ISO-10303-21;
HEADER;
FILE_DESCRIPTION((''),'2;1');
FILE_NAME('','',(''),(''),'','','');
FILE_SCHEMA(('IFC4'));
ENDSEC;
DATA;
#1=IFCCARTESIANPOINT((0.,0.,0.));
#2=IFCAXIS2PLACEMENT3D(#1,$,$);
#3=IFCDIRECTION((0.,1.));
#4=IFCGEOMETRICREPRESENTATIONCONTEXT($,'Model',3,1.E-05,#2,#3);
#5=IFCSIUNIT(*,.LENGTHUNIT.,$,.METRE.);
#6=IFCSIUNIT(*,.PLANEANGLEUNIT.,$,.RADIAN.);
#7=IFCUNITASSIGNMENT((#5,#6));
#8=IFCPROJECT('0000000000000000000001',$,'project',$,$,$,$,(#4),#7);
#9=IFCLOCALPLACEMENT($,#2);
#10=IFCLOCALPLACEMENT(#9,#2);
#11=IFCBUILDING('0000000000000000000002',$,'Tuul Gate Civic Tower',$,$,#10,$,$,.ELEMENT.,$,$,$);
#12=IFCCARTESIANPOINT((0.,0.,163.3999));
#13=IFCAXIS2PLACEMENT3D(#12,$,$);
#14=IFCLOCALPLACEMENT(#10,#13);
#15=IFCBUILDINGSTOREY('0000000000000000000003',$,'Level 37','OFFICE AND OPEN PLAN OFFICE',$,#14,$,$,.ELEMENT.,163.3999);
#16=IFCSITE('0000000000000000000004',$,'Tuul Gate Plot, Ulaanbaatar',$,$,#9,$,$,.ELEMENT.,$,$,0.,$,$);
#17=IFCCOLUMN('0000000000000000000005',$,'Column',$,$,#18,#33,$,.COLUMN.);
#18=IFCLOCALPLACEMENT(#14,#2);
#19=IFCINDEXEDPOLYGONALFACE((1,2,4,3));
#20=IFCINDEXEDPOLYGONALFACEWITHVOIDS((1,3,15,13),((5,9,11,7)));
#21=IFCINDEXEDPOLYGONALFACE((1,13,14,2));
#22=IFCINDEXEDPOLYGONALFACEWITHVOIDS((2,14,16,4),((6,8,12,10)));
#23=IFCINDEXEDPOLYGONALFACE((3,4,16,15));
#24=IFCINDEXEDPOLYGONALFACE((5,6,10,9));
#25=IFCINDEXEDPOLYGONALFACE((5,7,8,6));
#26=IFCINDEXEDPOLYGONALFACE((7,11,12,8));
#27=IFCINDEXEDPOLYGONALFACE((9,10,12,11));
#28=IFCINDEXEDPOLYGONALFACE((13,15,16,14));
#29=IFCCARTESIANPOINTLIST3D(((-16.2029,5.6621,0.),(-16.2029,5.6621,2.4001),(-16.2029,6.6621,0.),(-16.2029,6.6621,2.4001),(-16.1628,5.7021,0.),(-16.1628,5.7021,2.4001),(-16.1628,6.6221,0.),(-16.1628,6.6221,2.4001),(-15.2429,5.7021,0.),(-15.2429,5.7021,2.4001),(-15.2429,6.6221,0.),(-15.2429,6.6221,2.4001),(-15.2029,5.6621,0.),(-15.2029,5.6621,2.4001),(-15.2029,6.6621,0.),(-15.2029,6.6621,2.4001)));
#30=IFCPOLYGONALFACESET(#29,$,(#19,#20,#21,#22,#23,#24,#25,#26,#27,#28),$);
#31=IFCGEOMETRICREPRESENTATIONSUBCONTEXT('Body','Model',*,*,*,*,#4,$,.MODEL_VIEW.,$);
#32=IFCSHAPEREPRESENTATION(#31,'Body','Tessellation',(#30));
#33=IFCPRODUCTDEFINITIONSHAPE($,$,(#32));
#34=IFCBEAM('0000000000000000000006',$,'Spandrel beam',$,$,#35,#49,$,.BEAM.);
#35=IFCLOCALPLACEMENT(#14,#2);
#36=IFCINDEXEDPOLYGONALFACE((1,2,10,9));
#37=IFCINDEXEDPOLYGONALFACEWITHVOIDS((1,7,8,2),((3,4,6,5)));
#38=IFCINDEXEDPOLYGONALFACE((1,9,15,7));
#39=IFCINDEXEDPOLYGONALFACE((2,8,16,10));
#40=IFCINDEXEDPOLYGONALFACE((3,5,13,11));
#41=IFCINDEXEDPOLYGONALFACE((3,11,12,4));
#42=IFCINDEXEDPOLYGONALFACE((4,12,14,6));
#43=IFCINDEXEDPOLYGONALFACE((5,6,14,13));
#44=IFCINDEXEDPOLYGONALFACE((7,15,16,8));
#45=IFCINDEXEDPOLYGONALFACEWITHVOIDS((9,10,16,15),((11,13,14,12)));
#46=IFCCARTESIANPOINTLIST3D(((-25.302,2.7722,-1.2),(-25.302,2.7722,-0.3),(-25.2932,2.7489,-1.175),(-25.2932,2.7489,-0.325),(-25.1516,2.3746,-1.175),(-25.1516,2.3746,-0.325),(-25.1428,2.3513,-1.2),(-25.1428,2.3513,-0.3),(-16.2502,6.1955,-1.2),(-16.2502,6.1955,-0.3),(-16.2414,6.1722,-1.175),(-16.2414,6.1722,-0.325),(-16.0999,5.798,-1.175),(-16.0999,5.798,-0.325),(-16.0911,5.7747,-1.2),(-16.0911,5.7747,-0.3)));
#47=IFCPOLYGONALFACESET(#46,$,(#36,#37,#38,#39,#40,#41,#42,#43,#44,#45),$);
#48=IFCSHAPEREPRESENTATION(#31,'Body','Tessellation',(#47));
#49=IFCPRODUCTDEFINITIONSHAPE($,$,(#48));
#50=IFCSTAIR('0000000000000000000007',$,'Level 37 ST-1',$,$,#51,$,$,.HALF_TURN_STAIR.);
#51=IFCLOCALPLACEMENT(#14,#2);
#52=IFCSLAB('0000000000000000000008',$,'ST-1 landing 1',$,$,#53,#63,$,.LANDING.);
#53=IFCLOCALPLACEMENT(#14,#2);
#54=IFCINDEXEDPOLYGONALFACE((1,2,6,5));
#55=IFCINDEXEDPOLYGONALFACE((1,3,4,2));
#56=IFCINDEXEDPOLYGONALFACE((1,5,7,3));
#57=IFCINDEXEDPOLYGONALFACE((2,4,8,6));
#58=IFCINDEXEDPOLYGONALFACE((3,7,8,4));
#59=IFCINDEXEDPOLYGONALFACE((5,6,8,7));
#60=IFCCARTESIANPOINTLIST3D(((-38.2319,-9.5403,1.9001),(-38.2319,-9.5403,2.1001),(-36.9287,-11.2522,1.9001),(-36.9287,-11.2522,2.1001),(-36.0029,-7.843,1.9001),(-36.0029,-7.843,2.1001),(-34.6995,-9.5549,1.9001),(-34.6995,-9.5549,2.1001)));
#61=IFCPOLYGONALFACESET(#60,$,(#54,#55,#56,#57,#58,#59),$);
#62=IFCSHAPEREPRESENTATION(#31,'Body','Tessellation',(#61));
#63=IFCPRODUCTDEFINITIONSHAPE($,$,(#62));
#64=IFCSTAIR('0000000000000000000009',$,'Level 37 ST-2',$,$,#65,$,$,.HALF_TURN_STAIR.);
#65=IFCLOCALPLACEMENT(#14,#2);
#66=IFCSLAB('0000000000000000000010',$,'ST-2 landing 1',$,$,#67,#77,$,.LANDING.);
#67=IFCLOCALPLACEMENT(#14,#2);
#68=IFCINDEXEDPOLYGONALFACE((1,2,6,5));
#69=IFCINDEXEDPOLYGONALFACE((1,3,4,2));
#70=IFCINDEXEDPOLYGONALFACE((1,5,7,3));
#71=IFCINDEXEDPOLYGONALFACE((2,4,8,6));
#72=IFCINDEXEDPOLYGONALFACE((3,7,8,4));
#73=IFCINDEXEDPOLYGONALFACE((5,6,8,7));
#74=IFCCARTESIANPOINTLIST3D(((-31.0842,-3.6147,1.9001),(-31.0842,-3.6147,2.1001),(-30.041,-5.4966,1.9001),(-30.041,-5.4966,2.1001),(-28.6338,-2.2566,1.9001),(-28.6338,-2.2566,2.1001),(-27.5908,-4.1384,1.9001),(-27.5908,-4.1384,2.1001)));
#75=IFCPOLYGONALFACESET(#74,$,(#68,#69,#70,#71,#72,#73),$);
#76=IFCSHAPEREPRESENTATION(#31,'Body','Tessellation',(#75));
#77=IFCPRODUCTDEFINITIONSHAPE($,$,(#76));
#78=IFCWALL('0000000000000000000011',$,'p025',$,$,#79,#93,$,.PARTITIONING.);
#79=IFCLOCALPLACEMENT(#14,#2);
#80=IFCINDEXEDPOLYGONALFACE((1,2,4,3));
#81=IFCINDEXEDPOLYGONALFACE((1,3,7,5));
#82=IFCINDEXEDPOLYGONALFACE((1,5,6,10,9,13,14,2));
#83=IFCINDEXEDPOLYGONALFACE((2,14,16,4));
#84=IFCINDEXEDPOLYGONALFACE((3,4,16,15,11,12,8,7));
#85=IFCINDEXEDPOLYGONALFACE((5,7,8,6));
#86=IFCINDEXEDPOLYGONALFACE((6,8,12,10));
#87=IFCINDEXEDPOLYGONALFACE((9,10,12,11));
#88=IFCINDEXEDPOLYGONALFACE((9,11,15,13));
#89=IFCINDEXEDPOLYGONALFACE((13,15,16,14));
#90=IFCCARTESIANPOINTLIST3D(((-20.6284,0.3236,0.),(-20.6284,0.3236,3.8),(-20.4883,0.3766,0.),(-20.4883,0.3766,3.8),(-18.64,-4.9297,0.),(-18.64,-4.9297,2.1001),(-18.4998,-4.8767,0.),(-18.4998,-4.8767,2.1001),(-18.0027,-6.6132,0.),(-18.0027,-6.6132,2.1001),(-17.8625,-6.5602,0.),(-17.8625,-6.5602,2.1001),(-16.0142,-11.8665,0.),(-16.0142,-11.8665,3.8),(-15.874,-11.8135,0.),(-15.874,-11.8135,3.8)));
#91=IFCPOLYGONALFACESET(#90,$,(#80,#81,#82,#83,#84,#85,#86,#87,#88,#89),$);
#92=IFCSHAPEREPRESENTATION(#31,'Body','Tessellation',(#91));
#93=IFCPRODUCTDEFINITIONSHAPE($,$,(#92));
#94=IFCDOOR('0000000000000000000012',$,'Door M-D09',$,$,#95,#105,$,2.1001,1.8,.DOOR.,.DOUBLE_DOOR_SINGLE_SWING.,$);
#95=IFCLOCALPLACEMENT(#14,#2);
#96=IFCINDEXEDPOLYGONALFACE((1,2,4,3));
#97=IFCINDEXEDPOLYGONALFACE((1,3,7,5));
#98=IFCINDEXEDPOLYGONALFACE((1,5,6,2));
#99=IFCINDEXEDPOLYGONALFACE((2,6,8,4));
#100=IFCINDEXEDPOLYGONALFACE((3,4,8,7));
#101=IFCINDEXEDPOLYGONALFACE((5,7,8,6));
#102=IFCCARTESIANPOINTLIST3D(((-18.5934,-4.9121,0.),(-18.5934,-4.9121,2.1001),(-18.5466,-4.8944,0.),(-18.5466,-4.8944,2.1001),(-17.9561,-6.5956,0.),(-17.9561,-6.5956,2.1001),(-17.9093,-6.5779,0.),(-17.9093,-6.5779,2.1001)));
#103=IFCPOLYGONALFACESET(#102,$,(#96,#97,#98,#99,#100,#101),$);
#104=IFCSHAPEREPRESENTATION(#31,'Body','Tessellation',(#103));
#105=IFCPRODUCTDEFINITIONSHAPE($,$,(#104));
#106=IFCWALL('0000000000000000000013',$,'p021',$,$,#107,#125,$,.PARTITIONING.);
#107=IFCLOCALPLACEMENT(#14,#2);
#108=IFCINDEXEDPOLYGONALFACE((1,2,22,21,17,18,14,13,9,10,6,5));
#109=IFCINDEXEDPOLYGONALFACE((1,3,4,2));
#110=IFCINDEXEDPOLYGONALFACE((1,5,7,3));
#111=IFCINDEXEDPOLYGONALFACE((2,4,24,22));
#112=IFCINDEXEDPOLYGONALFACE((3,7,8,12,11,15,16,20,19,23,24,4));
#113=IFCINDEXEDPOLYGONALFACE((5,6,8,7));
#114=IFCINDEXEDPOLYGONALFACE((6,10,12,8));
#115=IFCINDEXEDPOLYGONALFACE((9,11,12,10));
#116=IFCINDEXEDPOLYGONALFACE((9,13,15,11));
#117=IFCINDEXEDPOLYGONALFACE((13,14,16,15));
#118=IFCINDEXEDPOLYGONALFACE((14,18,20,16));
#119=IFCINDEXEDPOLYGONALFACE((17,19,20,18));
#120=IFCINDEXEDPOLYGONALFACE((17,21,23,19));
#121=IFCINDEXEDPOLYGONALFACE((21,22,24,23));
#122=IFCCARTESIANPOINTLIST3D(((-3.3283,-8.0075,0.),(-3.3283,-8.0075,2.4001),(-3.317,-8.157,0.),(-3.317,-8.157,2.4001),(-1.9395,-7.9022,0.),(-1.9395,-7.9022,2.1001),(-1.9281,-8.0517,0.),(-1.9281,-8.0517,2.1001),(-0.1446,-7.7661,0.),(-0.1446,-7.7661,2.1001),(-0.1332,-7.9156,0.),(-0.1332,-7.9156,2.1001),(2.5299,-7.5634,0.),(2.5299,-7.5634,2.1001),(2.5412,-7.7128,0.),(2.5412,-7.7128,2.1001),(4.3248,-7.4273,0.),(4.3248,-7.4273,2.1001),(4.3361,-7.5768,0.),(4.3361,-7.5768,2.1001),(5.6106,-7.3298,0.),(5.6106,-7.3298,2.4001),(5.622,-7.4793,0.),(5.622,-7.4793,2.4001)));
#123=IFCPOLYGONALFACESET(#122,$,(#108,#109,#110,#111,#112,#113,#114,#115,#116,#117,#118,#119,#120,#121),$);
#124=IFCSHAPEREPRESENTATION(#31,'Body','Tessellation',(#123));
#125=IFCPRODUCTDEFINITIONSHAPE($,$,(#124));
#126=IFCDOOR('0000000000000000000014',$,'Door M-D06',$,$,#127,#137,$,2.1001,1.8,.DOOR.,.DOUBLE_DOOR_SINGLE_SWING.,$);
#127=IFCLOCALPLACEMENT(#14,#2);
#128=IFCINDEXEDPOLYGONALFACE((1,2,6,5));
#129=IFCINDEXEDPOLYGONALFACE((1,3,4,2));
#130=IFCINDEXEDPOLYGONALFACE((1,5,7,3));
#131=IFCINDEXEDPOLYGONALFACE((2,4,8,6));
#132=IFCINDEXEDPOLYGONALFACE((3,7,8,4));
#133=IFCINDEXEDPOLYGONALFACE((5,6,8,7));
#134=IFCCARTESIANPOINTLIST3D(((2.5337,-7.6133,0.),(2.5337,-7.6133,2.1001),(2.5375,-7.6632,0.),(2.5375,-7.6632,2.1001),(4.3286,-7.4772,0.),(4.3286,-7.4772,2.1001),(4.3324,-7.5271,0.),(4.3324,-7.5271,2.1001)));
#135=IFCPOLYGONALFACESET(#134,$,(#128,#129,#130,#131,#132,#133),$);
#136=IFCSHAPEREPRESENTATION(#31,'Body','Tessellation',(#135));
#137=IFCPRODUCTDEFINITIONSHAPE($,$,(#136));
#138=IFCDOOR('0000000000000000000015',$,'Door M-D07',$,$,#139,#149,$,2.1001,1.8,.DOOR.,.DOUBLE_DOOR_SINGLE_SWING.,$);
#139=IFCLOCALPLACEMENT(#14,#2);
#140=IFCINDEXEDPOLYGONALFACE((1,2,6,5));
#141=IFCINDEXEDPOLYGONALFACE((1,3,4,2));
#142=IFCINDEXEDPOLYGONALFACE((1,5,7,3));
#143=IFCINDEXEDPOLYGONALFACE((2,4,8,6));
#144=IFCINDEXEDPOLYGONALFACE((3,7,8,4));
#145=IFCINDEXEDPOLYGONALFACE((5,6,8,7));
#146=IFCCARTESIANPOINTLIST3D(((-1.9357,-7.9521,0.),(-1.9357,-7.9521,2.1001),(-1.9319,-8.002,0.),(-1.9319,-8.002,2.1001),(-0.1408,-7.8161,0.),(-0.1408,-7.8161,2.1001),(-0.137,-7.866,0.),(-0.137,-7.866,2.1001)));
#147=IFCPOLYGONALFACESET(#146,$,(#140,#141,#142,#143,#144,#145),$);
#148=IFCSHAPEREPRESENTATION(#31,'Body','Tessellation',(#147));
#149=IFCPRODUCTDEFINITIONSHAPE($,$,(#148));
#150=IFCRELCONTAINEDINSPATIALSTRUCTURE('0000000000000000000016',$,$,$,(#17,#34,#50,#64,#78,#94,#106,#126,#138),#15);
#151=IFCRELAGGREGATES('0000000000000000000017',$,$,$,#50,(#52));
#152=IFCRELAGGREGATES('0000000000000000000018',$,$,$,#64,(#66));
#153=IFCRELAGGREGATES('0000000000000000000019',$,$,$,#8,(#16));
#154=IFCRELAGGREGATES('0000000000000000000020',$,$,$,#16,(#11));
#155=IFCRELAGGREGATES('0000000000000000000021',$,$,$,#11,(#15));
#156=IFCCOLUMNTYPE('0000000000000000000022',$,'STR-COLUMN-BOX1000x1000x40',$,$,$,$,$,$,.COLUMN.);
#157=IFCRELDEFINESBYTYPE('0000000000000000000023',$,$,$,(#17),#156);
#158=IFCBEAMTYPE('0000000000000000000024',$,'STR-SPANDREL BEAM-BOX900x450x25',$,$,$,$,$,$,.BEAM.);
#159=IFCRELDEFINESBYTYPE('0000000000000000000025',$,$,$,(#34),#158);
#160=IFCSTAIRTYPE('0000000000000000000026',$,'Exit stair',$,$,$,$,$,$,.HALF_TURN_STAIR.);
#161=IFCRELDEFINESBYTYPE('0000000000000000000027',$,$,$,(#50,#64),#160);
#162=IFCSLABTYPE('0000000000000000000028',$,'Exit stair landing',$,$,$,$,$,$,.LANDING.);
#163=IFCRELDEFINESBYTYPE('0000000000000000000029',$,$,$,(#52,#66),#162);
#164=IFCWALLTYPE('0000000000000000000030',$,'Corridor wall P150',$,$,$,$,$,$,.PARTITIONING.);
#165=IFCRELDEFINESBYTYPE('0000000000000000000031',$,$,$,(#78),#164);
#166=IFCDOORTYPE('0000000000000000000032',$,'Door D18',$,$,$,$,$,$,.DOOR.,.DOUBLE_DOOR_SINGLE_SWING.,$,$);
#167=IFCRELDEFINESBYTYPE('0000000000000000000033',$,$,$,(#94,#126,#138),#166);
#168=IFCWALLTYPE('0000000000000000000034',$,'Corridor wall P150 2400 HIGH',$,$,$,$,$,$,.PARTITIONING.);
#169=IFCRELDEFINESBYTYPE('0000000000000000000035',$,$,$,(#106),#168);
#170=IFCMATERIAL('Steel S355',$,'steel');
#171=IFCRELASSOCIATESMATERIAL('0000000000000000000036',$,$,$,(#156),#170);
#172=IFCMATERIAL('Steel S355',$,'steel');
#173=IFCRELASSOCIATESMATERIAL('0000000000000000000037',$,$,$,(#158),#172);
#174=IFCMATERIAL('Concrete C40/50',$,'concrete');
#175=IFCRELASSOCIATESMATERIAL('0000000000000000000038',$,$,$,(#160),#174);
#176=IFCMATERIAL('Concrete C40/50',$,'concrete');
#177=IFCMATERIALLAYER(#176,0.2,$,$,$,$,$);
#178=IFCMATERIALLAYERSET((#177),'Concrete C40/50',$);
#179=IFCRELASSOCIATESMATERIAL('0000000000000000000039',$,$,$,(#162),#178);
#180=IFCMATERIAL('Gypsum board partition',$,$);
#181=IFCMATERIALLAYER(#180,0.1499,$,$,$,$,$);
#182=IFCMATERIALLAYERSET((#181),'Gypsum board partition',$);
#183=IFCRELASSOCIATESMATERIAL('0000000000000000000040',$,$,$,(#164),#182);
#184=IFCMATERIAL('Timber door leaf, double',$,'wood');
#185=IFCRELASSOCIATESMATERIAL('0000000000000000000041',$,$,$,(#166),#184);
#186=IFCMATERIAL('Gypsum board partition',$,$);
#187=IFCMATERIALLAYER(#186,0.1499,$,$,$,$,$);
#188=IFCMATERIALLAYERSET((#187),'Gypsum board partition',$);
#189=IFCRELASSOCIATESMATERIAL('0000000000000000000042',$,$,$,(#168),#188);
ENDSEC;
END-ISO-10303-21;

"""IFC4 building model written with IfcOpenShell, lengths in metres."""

from ifc_helpers import new_model, si_unit, direction, frame, frame_2d, origin, origin_2d, place, context, subcontext, project, spatial, polyline, rectangle, hollow_rectangle, outline, extrude, material, layer, layer_set, material_profile, profile_set, type_object, element, fill, aggregate, save


model = new_model("IFC4")

# Units and contexts
model_context = context("Model", 3, precision=1e-05, world=origin(), true_north=direction((0.0, 1.0)))
body_context = subcontext(model_context, "Body", "Model", "MODEL_VIEW")
ifc_project = project(units=[si_unit("LENGTHUNIT", "METRE"), si_unit("PLANEANGLEUNIT", "RADIAN")], contexts=[model_context])

# Site, building, storey
site_placement = place(None, origin())
site = spatial("IfcSite", under=ifc_project, at=site_placement, Name="Tuul Gate Plot, Ulaanbaatar", CompositionType="ELEMENT", RefElevation=0.0)
building_placement = place(site_placement, origin())
building = spatial("IfcBuilding", under=site, at=building_placement, Name="Tuul Gate Civic Tower", CompositionType="ELEMENT")
storey_placement = place(building_placement, frame((0.0, 0.0, 163.3999)))
storey = spatial("IfcBuildingStorey", under=building, at=storey_placement, Name="Level 37", Description="OFFICE AND OPEN PLAN OFFICE", CompositionType="ELEMENT", Elevation=163.3999)

# Column
ifc_material_1 = material(Name="Steel S355", Category="steel")
ifc_material_profile_1 = material_profile(ifc_material_1, hollow_rectangle(XDim=1.0, YDim=1.0, WallThickness=0.04, at=origin_2d()), Name="BOX1000x1000x40")
ifc_profile_set_1 = profile_set([ifc_material_profile_1], Name="Steel S355")
column_type = type_object("IfcColumnType", Name="STR-COLUMN-BOX1000x1000x40", PredefinedType="COLUMN", material=ifc_profile_set_1)
column_placement = place(storey_placement, frame((-15.7029, 6.1621, 0.0), z_axis=(0.0, 0.0, 1.0), x_axis=(1.0, 0.0, 0.0)))
element("IfcColumn", 1, at=column_placement, inside=storey, type_object=column_type, Name="Column", PredefinedType="COLUMN", context=body_context, shape_type="SweptSolid", body=[
    extrude(hollow_rectangle(XDim=1.0, YDim=1.0, WallThickness=0.04, at=origin_2d()), origin(), (0.0, 0.0, 1.0), 2.4001),
])

# Beam
ifc_material_2 = material(Name="Steel S355", Category="steel")
ifc_material_profile_2 = material_profile(ifc_material_2, hollow_rectangle(XDim=0.45, YDim=0.8999, WallThickness=0.0249, at=origin_2d()), Name="BOX900x450x25")
ifc_profile_set_2 = profile_set([ifc_material_profile_2], Name="Steel S355")
beam_type = type_object("IfcBeamType", Name="STR-SPANDREL BEAM-BOX900x450x25", PredefinedType="BEAM", material=ifc_profile_set_2)
beam_placement = place(storey_placement, frame((-16.1707, 5.9851, -0.75), z_axis=(-0.935343, -0.353743, 0.0), x_axis=(0.353743, -0.935343, 0.0)))
element("IfcBeam", 2, at=beam_placement, inside=storey, type_object=beam_type, Name="Spandrel beam", PredefinedType="BEAM", context=body_context, shape_type="SweptSolid", body=[
    extrude(hollow_rectangle(XDim=0.45, YDim=0.8999, WallThickness=0.0249, at=origin_2d()), origin(), (0.0, 0.0, 1.0), 9.6775),
])

# Stairs, slabs
ifc_material_3 = material(Name="Concrete C40/50", Category="concrete")
stair_type = type_object("IfcStairType", Name="Exit stair", PredefinedType="HALF_TURN_STAIR", material=ifc_material_3)
stair_1_placement = place(storey_placement, origin())
stair_1 = element("IfcStair", 3, at=stair_1_placement, inside=storey, type_object=stair_type, Name="Level 37 ST-1", PredefinedType="HALF_TURN_STAIR")
ifc_material_4 = material(Name="Concrete C40/50", Category="concrete")
ifc_layer_1 = layer(ifc_material_4, 0.2)
ifc_layer_set_1 = layer_set([ifc_layer_1], Name="Concrete C40/50")
slab_type = type_object("IfcSlabType", Name="Exit stair landing", PredefinedType="LANDING", material=ifc_layer_set_1)
slab_1_placement = place(storey_placement, frame((0.0, 0.0, 1.9001)))
slab_1 = element("IfcSlab", 4, at=slab_1_placement, type_object=slab_type, Name="ST-1 landing 1", PredefinedType="LANDING", context=body_context, shape_type="SweptSolid", body=[
    extrude(outline(polyline([(-34.6995, -9.5549), (-36.9287, -11.2522), (-38.2319, -9.5403), (-36.0029, -7.843), (-34.6995, -9.5549)])), origin(), (0.0, 0.0, 1.0), 0.2),
])
aggregate(stair_1, [slab_1])
stair_2_placement = place(storey_placement, origin())
stair_2 = element("IfcStair", 5, at=stair_2_placement, inside=storey, type_object=stair_type, Name="Level 37 ST-2", PredefinedType="HALF_TURN_STAIR")
slab_2_placement = place(storey_placement, frame((0.0, 0.0, 1.9001)))
slab_2 = element("IfcSlab", 6, at=slab_2_placement, type_object=slab_type, Name="ST-2 landing 1", PredefinedType="LANDING", context=body_context, shape_type="SweptSolid", body=[
    extrude(outline(polyline([(-27.5908, -4.1384), (-30.041, -5.4966), (-31.0842, -3.6147), (-28.6338, -2.2566), (-27.5908, -4.1384)])), origin(), (0.0, 0.0, 1.0), 0.2),
])
aggregate(stair_2, [slab_2])

# Wall, opening, door
ifc_material_5 = material(Name="Gypsum board partition")
ifc_layer_2 = layer(ifc_material_5, 0.1499)
ifc_layer_set_2 = layer_set([ifc_layer_2], Name="Gypsum board partition")
wall_type_1 = type_object("IfcWallType", Name="Corridor wall P150", PredefinedType="PARTITIONING", material=ifc_layer_set_2)
wall_1_placement = place(storey_placement, frame((-20.5583, 0.3501, 0.0), z_axis=(0.0, 0.0, 1.0), x_axis=(0.35401, -0.935242, 0.0)))
wall_1 = element("IfcWall", 7, at=wall_1_placement, inside=storey, type_object=wall_type_1, Name="p025", PredefinedType="PARTITIONING", context=body_context, shape_type="SweptSolid", body=[
    extrude(rectangle(XDim=13.0342, YDim=0.1499, at=frame_2d((6.5171, 0.0))), origin(), (0.0, 0.0, 1.0), 3.8),
])
opening_1_placement = place(wall_1_placement, frame((5.6172, 0.0, 0.0)))
opening_1 = element("IfcOpeningElement", 8, at=opening_1_placement, cuts=wall_1, PredefinedType="OPENING", context=body_context, shape_type="SweptSolid", body=[
    extrude(rectangle(XDim=1.8, YDim=2.1001, at=frame_2d((0.8999, 1.05))), frame((0.0, 0.085, 0.0), z_axis=(0.0, -1.0, 0.0), x_axis=(1.0, 0.0, 0.0)), (0.0, 0.0, 1.0), 0.1699),
])
ifc_material_6 = material(Name="Timber door leaf, double", Category="wood")
door_type_1 = type_object("IfcDoorType", Name="Door D18", OperationType="DOUBLE_DOOR_SINGLE_SWING", PredefinedType="DOOR", material=ifc_material_6)
door_1_placement = place(opening_1_placement, origin())
door_1 = element("IfcDoor", 9, at=door_1_placement, inside=storey, type_object=door_type_1, Name="Door M-D09", OperationType="DOUBLE_DOOR_SINGLE_SWING", OverallHeight=2.1001, OverallWidth=1.8, PredefinedType="DOOR", context=body_context, shape_type="SweptSolid", body=[
    extrude(rectangle(XDim=1.8, YDim=2.1001, at=frame_2d((0.8999, 1.05))), frame((0.0, 0.0249, 0.0), z_axis=(0.0, -1.0, 0.0), x_axis=(1.0, 0.0, 0.0)), (0.0, 0.0, 1.0), 0.05),
])
fill(opening_1, door_1)

# Wall, openings, doors
ifc_material_7 = material(Name="Gypsum board partition")
ifc_layer_3 = layer(ifc_material_7, 0.1499)
ifc_layer_set_3 = layer_set([ifc_layer_3], Name="Gypsum board partition")
wall_type_2 = type_object("IfcWallType", Name="Corridor wall P150 2400 HIGH", PredefinedType="PARTITIONING", material=ifc_layer_set_3)
wall_2_placement = place(storey_placement, frame((-3.3228, -8.0823, 0.0), z_axis=(0.0, 0.0, 1.0), x_axis=(0.997138, 0.075601, 0.0)))
wall_2 = element("IfcWall", 10, at=wall_2_placement, inside=storey, type_object=wall_type_2, Name="p021", PredefinedType="PARTITIONING", context=body_context, shape_type="SweptSolid", body=[
    extrude(rectangle(XDim=8.9646, YDim=0.1499, at=frame_2d((4.4824, 0.0))), origin(), (0.0, 0.0, 1.0), 2.4001),
])
opening_2_placement = place(wall_2_placement, frame((5.8752, 0.0, 0.0)))
opening_2 = element("IfcOpeningElement", 11, at=opening_2_placement, cuts=wall_2, PredefinedType="OPENING", context=body_context, shape_type="SweptSolid", body=[
    extrude(rectangle(XDim=1.8, YDim=2.1001, at=frame_2d((0.8999, 1.05))), frame((0.0, 0.085, 0.0), z_axis=(0.0, -1.0, 0.0), x_axis=(1.0, 0.0, 0.0)), (0.0, 0.0, 1.0), 0.1699),
])
opening_3_placement = place(wall_2_placement, frame((1.3931, 0.0, 0.0)))
opening_3 = element("IfcOpeningElement", 12, at=opening_3_placement, cuts=wall_2, PredefinedType="OPENING", context=body_context, shape_type="SweptSolid", body=[
    extrude(rectangle(XDim=1.8, YDim=2.1001, at=frame_2d((0.8999, 1.05))), frame((0.0, 0.085, 0.0), z_axis=(0.0, -1.0, 0.0), x_axis=(1.0, 0.0, 0.0)), (0.0, 0.0, 1.0), 0.1699),
])
door_2_placement = place(opening_2_placement, origin())
door_2 = element("IfcDoor", 13, at=door_2_placement, inside=storey, type_object=door_type_1, Name="Door M-D06", OperationType="DOUBLE_DOOR_SINGLE_SWING", OverallHeight=2.1001, OverallWidth=1.8, PredefinedType="DOOR", context=body_context, shape_type="SweptSolid", body=[
    extrude(rectangle(XDim=1.8, YDim=2.1001, at=frame_2d((0.8999, 1.05))), frame((0.0, 0.0249, 0.0), z_axis=(0.0, -1.0, 0.0), x_axis=(1.0, 0.0, 0.0)), (0.0, 0.0, 1.0), 0.05),
])
fill(opening_2, door_2)
door_3_placement = place(opening_3_placement, origin())
door_3 = element("IfcDoor", 14, at=door_3_placement, inside=storey, type_object=door_type_1, Name="Door M-D07", OperationType="DOUBLE_DOOR_SINGLE_SWING", OverallHeight=2.1001, OverallWidth=1.8, PredefinedType="DOOR", context=body_context, shape_type="SweptSolid", body=[
    extrude(rectangle(XDim=1.8, YDim=2.1001, at=frame_2d((0.8999, 1.05))), frame((0.0, 0.0249, 0.0), z_axis=(0.0, -1.0, 0.0), x_axis=(1.0, 0.0, 0.0)), (0.0, 0.0, 1.0), 0.05),
])
fill(opening_3, door_3)

save(model, "model.ifc")
